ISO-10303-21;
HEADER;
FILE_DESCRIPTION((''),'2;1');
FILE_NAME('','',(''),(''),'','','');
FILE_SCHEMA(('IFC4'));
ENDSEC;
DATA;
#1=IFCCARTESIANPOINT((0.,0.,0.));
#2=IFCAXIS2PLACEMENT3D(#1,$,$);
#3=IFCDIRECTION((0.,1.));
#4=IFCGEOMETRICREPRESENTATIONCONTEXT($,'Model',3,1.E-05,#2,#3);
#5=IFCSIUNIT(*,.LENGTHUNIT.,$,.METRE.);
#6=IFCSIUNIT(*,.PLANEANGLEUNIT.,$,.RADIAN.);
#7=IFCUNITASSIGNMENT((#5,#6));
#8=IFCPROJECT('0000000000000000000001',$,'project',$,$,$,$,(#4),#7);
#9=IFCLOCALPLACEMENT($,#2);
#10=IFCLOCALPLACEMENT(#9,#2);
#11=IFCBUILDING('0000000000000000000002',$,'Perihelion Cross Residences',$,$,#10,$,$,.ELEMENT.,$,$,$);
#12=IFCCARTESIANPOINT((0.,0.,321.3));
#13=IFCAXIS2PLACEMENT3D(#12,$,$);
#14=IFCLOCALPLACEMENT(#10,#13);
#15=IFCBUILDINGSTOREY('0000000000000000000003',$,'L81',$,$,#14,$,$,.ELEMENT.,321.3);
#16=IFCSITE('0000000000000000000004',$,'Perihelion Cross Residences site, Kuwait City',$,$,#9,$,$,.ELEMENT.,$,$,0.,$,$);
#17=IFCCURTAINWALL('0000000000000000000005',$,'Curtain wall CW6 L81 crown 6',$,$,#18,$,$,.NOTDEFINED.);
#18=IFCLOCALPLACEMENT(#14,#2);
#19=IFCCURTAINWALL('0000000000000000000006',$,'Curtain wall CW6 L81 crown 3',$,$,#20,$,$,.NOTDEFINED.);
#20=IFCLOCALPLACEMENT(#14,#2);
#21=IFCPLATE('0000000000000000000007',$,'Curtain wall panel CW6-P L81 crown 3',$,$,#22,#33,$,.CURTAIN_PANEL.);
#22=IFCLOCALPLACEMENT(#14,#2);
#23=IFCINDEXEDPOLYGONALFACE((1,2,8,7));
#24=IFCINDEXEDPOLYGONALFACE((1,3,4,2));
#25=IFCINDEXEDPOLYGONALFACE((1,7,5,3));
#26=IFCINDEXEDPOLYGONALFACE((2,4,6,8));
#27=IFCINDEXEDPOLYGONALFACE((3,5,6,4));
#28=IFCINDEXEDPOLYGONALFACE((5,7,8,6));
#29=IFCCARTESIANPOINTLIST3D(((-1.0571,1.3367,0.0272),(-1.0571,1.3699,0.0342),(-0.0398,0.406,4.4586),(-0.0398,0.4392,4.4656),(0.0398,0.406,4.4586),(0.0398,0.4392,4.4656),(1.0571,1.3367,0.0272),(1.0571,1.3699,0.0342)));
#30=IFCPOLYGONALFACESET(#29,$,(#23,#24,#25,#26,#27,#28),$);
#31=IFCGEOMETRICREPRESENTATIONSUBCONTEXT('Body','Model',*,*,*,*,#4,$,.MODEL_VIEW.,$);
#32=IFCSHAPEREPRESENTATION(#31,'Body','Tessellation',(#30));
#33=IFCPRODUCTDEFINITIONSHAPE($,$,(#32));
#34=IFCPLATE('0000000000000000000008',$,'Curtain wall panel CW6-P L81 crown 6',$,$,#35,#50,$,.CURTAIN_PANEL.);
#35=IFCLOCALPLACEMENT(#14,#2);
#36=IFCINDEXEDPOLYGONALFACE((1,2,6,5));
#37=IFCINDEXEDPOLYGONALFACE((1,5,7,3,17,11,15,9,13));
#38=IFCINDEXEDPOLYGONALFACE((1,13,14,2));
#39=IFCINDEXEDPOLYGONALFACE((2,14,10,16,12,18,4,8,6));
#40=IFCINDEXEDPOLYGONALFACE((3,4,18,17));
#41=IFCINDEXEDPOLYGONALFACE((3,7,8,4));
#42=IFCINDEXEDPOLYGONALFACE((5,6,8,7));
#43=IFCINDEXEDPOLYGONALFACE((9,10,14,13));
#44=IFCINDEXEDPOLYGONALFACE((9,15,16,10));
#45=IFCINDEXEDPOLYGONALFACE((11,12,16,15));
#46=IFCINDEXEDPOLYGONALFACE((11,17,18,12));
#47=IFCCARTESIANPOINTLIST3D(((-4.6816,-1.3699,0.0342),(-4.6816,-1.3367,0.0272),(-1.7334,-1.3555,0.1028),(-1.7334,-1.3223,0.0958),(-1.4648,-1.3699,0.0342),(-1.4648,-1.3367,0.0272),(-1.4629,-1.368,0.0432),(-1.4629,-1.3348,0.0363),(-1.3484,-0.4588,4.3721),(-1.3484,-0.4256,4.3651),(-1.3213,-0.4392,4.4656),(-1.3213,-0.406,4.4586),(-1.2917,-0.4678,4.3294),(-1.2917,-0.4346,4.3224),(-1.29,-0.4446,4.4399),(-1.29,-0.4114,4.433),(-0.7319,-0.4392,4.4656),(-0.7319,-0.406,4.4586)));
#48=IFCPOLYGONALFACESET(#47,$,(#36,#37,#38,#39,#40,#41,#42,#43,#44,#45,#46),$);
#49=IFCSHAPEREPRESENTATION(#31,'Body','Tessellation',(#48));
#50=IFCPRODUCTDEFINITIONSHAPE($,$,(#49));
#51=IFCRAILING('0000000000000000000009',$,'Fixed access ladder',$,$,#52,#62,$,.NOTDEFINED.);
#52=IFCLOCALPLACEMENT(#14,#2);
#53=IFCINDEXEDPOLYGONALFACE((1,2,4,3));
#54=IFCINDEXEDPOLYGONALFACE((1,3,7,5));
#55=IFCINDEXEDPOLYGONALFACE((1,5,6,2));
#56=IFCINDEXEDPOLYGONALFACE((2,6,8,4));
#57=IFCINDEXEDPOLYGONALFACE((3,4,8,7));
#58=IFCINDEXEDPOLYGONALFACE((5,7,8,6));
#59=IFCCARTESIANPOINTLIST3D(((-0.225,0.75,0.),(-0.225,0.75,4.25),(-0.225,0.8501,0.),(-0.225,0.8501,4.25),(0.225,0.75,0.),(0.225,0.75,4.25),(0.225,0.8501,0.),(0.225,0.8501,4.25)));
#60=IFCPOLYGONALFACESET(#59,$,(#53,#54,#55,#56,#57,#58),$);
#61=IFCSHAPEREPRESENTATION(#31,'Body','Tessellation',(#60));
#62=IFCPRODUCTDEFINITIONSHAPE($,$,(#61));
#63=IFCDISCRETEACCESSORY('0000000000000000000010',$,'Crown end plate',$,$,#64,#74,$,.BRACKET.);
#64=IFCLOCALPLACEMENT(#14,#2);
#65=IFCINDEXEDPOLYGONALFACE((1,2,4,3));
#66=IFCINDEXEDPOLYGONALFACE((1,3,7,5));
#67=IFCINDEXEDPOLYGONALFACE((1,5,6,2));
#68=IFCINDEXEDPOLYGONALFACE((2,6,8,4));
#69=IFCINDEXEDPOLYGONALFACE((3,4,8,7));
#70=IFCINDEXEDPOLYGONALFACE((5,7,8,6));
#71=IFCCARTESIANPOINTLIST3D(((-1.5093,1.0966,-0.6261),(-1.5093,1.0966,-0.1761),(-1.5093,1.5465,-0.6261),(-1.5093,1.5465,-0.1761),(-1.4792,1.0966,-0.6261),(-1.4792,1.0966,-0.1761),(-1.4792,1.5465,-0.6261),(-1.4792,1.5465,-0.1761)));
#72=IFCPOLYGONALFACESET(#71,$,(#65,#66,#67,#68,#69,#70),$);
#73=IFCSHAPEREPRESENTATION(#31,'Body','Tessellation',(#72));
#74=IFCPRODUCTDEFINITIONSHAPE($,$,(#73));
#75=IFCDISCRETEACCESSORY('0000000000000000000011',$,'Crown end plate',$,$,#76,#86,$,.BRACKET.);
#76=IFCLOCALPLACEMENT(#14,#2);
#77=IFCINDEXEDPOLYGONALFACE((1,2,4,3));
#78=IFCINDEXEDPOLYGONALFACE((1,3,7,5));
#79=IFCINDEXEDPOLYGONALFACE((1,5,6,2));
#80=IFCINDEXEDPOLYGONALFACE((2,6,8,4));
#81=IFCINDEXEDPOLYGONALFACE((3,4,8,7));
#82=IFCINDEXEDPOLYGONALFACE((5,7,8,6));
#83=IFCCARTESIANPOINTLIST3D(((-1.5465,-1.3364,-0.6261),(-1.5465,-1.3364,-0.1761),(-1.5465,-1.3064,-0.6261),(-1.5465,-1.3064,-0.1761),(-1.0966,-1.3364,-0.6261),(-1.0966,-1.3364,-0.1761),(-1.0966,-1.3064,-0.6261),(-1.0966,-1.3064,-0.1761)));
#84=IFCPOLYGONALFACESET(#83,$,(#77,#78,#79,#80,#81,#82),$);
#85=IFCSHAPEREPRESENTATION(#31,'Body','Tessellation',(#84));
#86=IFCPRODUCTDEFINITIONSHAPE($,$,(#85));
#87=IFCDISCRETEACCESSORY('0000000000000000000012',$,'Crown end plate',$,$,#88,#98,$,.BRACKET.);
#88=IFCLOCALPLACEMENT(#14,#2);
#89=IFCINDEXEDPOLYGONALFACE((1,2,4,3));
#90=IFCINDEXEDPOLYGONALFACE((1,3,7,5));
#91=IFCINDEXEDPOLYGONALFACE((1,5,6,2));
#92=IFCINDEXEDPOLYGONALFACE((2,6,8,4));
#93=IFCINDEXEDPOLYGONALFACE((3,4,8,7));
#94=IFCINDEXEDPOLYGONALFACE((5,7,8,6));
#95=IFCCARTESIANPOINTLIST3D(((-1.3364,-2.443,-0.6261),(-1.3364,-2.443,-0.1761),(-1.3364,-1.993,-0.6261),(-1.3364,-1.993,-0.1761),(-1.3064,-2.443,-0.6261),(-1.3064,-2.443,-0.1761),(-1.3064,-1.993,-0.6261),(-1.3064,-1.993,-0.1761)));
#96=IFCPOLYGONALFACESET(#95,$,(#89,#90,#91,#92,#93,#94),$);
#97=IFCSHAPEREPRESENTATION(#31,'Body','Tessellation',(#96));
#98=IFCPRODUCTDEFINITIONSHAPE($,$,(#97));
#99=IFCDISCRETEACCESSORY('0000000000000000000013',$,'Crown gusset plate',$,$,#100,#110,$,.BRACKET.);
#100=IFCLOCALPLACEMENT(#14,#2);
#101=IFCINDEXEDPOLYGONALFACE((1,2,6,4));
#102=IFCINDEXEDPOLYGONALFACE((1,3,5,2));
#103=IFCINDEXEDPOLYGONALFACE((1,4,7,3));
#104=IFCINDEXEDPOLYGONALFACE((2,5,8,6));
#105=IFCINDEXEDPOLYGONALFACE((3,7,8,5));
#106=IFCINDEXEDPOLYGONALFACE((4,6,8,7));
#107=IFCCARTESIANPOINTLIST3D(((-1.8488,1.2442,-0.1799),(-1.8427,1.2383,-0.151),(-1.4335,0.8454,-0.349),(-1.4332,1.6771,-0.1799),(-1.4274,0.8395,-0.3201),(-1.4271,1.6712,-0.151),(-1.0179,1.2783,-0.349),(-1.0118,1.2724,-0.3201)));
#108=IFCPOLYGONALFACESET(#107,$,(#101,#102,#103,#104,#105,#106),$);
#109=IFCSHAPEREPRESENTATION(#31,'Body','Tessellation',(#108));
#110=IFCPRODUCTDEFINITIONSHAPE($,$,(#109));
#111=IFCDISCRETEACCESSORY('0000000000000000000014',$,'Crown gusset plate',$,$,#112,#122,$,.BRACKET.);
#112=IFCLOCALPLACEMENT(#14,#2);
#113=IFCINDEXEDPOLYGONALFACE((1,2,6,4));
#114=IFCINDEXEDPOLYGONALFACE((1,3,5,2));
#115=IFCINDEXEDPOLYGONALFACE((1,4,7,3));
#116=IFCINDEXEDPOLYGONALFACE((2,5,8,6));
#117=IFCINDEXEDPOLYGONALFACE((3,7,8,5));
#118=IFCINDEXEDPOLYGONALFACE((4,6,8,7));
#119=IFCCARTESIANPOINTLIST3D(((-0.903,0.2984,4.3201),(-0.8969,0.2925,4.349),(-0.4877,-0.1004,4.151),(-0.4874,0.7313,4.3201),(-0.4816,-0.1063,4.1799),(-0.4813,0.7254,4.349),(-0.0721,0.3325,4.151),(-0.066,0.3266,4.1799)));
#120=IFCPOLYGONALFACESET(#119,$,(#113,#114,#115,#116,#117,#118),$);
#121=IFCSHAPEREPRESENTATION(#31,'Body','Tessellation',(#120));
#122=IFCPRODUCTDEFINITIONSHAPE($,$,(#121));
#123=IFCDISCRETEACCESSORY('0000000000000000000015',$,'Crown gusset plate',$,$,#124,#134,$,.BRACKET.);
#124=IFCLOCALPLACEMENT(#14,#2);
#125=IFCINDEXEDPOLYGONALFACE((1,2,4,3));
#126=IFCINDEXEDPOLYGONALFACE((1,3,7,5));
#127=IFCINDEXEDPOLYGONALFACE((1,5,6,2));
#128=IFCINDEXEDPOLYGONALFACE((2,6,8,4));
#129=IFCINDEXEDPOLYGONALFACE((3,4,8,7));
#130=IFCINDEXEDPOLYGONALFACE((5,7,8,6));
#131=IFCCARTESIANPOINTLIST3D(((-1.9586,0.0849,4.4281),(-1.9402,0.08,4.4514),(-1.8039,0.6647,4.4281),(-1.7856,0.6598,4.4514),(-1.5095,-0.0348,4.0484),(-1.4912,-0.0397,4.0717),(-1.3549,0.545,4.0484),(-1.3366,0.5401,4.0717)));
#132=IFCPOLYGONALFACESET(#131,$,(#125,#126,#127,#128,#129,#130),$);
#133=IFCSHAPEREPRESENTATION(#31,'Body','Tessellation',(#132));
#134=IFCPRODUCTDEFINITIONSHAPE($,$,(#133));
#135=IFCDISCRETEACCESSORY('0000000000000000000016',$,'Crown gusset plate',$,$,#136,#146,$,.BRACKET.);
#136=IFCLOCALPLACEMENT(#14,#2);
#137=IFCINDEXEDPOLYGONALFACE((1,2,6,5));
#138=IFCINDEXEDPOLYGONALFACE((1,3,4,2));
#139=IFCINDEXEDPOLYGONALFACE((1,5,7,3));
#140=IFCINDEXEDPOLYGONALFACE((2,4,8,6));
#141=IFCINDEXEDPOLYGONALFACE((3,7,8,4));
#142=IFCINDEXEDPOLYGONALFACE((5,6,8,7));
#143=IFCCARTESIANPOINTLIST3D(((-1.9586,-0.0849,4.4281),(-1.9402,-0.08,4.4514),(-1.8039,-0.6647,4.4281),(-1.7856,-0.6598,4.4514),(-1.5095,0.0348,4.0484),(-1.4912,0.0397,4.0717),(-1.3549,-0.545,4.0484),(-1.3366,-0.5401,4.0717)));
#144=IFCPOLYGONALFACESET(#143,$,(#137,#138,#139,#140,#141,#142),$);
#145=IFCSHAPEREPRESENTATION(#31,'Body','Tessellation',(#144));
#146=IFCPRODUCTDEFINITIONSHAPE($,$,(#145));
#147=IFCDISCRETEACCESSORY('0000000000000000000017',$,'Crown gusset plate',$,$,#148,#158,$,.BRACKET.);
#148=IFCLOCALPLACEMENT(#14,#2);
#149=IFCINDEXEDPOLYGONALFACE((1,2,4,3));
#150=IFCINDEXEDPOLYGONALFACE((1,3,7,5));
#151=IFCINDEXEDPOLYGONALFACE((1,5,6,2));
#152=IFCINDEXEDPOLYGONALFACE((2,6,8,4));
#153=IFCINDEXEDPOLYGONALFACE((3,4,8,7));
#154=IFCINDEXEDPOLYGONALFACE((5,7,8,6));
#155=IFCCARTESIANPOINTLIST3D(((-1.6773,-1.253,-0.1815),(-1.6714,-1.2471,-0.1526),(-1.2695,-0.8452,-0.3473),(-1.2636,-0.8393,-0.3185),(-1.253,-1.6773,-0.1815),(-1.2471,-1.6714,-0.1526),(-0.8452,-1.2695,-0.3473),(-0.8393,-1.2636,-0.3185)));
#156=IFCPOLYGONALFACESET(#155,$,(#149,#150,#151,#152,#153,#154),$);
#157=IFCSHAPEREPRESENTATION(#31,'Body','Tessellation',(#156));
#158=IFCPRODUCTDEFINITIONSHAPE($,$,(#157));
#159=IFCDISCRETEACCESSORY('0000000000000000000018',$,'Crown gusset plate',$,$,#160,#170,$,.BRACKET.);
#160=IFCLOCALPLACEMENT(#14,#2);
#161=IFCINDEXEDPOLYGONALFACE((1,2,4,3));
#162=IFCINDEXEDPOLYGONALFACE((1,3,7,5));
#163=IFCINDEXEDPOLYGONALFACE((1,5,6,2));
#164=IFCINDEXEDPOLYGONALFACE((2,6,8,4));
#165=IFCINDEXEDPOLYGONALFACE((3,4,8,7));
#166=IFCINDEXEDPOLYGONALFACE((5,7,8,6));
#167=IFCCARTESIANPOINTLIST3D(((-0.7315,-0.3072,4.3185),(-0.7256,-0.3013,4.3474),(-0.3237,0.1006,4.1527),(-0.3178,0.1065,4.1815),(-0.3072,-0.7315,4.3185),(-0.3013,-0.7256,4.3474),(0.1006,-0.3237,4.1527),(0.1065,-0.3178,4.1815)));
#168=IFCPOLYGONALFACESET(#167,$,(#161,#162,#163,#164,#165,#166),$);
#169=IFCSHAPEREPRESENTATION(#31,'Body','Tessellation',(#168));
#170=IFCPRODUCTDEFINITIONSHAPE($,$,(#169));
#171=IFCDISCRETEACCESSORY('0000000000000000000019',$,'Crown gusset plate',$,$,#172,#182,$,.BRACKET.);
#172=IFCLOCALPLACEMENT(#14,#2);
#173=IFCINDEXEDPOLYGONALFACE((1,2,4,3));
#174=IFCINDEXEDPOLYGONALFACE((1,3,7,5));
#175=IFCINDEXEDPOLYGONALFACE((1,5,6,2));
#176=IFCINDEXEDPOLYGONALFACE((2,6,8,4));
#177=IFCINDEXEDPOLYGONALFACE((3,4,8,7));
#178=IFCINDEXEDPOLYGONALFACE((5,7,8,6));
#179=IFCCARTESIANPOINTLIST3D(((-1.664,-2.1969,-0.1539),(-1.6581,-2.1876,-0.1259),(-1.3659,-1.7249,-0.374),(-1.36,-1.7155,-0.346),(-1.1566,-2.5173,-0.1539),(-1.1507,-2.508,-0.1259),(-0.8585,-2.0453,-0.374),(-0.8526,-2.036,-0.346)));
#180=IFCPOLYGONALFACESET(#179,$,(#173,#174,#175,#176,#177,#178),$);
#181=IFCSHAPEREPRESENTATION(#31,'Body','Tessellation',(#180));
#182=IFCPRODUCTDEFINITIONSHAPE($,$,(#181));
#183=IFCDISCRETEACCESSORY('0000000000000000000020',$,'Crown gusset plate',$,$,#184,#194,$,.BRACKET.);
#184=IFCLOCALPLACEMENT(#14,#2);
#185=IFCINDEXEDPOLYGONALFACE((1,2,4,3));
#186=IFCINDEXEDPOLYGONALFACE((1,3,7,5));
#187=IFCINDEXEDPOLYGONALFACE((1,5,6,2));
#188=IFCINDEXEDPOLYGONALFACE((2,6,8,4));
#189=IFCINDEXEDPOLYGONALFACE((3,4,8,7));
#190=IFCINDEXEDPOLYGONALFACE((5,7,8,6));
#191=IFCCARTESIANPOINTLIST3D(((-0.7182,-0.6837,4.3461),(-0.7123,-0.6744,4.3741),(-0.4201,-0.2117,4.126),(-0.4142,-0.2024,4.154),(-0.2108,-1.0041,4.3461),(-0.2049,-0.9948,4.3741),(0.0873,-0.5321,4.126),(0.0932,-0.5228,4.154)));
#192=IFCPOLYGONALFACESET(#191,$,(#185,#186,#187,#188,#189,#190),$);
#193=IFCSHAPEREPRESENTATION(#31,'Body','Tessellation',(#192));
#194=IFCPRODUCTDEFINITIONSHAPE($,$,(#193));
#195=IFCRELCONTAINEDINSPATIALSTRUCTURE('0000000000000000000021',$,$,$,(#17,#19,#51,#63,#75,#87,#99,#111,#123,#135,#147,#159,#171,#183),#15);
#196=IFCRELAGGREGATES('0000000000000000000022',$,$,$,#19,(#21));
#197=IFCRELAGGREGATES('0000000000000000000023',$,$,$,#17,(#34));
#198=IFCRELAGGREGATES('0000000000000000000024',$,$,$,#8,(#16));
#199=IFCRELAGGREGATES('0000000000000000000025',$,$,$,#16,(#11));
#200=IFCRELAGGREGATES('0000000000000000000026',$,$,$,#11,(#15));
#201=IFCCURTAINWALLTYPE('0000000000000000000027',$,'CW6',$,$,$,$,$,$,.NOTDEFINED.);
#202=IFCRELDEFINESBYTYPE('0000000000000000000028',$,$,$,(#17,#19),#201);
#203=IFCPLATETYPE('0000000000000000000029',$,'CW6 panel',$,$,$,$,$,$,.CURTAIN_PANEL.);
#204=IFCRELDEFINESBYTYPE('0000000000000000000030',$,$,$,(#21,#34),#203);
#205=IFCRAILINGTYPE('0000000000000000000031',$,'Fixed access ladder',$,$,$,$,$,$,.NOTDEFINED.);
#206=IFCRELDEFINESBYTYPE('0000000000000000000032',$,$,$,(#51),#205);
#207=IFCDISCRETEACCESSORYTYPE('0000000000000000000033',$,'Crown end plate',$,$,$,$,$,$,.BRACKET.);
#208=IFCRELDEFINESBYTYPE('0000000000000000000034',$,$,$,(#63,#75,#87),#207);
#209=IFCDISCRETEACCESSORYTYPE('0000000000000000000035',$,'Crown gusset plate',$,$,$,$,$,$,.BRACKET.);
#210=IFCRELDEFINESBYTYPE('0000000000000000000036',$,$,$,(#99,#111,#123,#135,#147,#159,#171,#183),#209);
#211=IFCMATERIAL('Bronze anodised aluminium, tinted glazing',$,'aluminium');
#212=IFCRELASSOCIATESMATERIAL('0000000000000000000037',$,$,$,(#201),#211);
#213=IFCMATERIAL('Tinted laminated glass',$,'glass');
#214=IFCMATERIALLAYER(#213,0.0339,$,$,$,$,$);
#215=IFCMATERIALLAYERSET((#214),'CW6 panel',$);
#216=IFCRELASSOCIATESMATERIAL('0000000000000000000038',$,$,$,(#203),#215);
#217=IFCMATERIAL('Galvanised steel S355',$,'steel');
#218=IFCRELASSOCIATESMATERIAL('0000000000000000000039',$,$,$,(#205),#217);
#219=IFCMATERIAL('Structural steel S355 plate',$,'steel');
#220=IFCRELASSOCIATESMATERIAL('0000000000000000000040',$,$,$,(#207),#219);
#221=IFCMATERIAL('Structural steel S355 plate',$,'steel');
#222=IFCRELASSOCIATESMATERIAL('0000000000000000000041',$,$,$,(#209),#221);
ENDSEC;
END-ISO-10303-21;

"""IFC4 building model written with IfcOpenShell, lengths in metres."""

from ifc_helpers import new_model, si_unit, direction, frame, origin, origin_2d, place, context, subcontext, project, spatial, polyline, rectangle, outline, extrude, material, layer, layer_set, material_profile, profile_set, type_object, element, aggregate, save


model = new_model("IFC4")

# Units and contexts
model_context = context("Model", 3, precision=1e-05, world=origin(), true_north=direction((0.0, 1.0)))
body_context = subcontext(model_context, "Body", "Model", "MODEL_VIEW")
ifc_project = project(units=[si_unit("LENGTHUNIT", "METRE"), si_unit("PLANEANGLEUNIT", "RADIAN")], contexts=[model_context])

# Site, building, storey
site_placement = place(None, origin())
site = spatial("IfcSite", under=ifc_project, at=site_placement, Name="Perihelion Cross Residences site, Kuwait City", CompositionType="ELEMENT", RefElevation=0.0)
building_placement = place(site_placement, origin())
building = spatial("IfcBuilding", under=site, at=building_placement, Name="Perihelion Cross Residences", CompositionType="ELEMENT")
storey_placement = place(building_placement, frame((0.0, 0.0, 321.3)))
storey = spatial("IfcBuildingStorey", under=building, at=storey_placement, Name="L81", CompositionType="ELEMENT", Elevation=321.3)

# Curtain wall
ifc_material_1 = material(Name="Bronze anodised aluminium, tinted glazing", Category="aluminium")
curtain_wall_type = type_object("IfcCurtainWallType", Name="CW6", PredefinedType="NOTDEFINED", material=ifc_material_1)
curtain_wall_1_placement = place(storey_placement, origin())
curtain_wall_1 = element("IfcCurtainWall", 1, at=curtain_wall_1_placement, inside=storey, type_object=curtain_wall_type, Name="Curtain wall CW6 L81 crown 6", PredefinedType="NOTDEFINED")

# Curtain wall, plate
curtain_wall_2_placement = place(storey_placement, origin())
curtain_wall_2 = element("IfcCurtainWall", 2, at=curtain_wall_2_placement, inside=storey, type_object=curtain_wall_type, Name="Curtain wall CW6 L81 crown 3", PredefinedType="NOTDEFINED")
ifc_material_2 = material(Name="Tinted laminated glass", Category="glass")
ifc_layer_1 = layer(ifc_material_2, 0.0339)
ifc_layer_set_1 = layer_set([ifc_layer_1], Name="CW6 panel")
plate_type_1 = type_object("IfcPlateType", Name="CW6 panel", PredefinedType="CURTAIN_PANEL", material=ifc_layer_set_1)
plate_1_placement = place(storey_placement, frame((-0.0398, 0.4392, 4.4656), z_axis=(0.0, 0.97865, 0.205532), x_axis=(-0.219208, 0.200533, -0.954848)))
plate_1 = element("IfcPlate", 3, at=plate_1_placement, type_object=plate_type_1, Name="Curtain wall panel CW6-P L81 crown 3", PredefinedType="CURTAIN_PANEL", context=body_context, shape_type="SweptSolid", body=[
    extrude(outline(polyline([(0.0, 0.0), (4.6409, 0.0), (4.1775, -2.0628), (-0.0174, -0.0777), (0.0, 0.0)])), origin(), (0.0, 0.0, -1.0), 0.0339),
])
aggregate(curtain_wall_2, [plate_1])

# Plate
plate_2_placement = place(storey_placement, frame((-0.7319, -0.4392, 4.4656), z_axis=(-0.000015, -0.978648, 0.205543), x_axis=(-0.219183, -0.200542, -0.954852)))
plate_2 = element("IfcPlate", 4, at=plate_2_placement, type_object=plate_type_1, Name="Curtain wall panel CW6-P L81 crown 6", PredefinedType="CURTAIN_PANEL", context=body_context, shape_type="SweptSolid", body=[
    extrude(outline(polyline([(0.0, 0.0), (4.5691, 0.0), (4.5692, 0.2773), (4.5786, 0.2774), (5.2837, -2.8612), (0.2585, -0.5157), (0.2283, -0.5805), (0.1479, -0.5388), (0.1292, -0.575), (0.0, 0.0)])), origin(), (0.0, 0.0, -1.0), 0.0339),
])
aggregate(curtain_wall_1, [plate_2])

# Railing
ifc_material_3 = material(Name="Galvanised steel S355", Category="steel")
railing_type = type_object("IfcRailingType", Name="Fixed access ladder", PredefinedType="NOTDEFINED", material=ifc_material_3)
railing_placement = place(storey_placement, frame((0.0, 0.8, 0.0), z_axis=(0.0, 0.0, 1.0), x_axis=(1.0, 0.0, 0.0)))
element("IfcRailing", 5, at=railing_placement, inside=storey, type_object=railing_type, Name="Fixed access ladder", PredefinedType="NOTDEFINED", context=body_context, shape_type="SweptSolid", body=[
    extrude(rectangle(XDim=0.45, YDim=0.1001, at=origin_2d()), origin(), (0.0, 0.0, 1.0), 4.25),
])

# Discrete accessories
ifc_material_4 = material(Name="Structural steel S355 plate", Category="steel")
ifc_material_profile_1 = material_profile(ifc_material_4, rectangle(XDim=0.45, YDim=0.45, at=origin_2d()), Name="Crown end plate")
ifc_profile_set_1 = profile_set([ifc_material_profile_1], Name="Structural steel S355 plate")
discrete_accessory_type_1 = type_object("IfcDiscreteAccessoryType", Name="Crown end plate", PredefinedType="BRACKET", material=ifc_profile_set_1)
for number, where, z_axis, x_axis, name in (
    (6, (-1.4792, 1.3215, -0.4011), (-1.0, 0.0, 0.0), (0.0, -1.0, 0.0), "Crown end plate"),
    (7, (-1.3215, -1.3064, -0.4011), (0.0, -1.0, 0.0), (1.0, 0.0, 0.0), "Crown end plate"),
    (8, (-1.3364, -2.218, -0.4011), (1.0, 0.0, 0.0), (0.0, 1.0, 0.0), "Crown end plate"),
):
    element("IfcDiscreteAccessory", number, at=place(storey_placement, frame(where, z_axis=z_axis, x_axis=x_axis)), inside=storey, type_object=discrete_accessory_type_1, Name=name, PredefinedType="BRACKET", context=body_context, shape_type="SweptSolid", body=[
        extrude(rectangle(XDim=0.45, YDim=0.45, at=origin_2d()), origin(), (0.0, 0.0, 1.0), 0.03),
    ])
ifc_material_5 = material(Name="Structural steel S355 plate", Category="steel")
ifc_material_profile_2 = material_profile(ifc_material_5, rectangle(XDim=0.6001, YDim=0.6001, at=origin_2d()), Name="Crown gusset plate")
ifc_profile_set_2 = profile_set([ifc_material_profile_2], Name="Structural steel S355 plate")
discrete_accessory_type_2 = type_object("IfcDiscreteAccessoryType", Name="Crown gusset plate", PredefinedType="BRACKET", material=ifc_profile_set_2)
for number, where, z_axis, x_axis, name in (
    (9, (-1.4333, 1.2612, -0.2644), (0.203279, -0.195148, 0.959476), (0.692532, 0.721387, 0.0), "Crown gusset plate"),
    (10, (-0.4875, 0.3154, 4.2356), (0.203279, -0.195148, 0.959476), (0.692532, 0.721387, 0.0), "Crown gusset plate"),
    (11, (-1.6567, 0.3149, 4.2383), (0.611354, -0.163028, 0.774382), (0.257663, 0.966235, 0.0), "Crown gusset plate"),
    (12, (-1.6567, -0.3149, 4.2383), (0.611354, 0.163028, 0.774382), (-0.257663, 0.966235, 0.0), "Crown gusset plate"),
    (13, (-1.2612, -1.2612, -0.2644), (0.195465, 0.195465, 0.961034), (-0.707107, 0.707107, 0.0), "Crown gusset plate"),
    (14, (-0.3154, -0.3154, 4.2356), (0.195465, 0.195465, 0.961034), (-0.707107, 0.707107, 0.0), "Crown gusset plate"),
    (15, (-1.2612, -2.1211, -0.2639), (0.195855, 0.310103, 0.93031), (-0.845489, 0.533993, 0.0), "Crown gusset plate"),
    (16, (-0.3154, -0.6079, 4.2361), (0.195855, 0.310103, 0.93031), (-0.845489, 0.533993, 0.0), "Crown gusset plate"),
):
    element("IfcDiscreteAccessory", number, at=place(storey_placement, frame(where, z_axis=z_axis, x_axis=x_axis)), inside=storey, type_object=discrete_accessory_type_2, Name=name, PredefinedType="BRACKET", context=body_context, shape_type="SweptSolid", body=[
        extrude(rectangle(XDim=0.6001, YDim=0.6001, at=origin_2d()), origin(), (0.0, 0.0, 1.0), 0.03),
    ])

save(model, "model.ifc")
